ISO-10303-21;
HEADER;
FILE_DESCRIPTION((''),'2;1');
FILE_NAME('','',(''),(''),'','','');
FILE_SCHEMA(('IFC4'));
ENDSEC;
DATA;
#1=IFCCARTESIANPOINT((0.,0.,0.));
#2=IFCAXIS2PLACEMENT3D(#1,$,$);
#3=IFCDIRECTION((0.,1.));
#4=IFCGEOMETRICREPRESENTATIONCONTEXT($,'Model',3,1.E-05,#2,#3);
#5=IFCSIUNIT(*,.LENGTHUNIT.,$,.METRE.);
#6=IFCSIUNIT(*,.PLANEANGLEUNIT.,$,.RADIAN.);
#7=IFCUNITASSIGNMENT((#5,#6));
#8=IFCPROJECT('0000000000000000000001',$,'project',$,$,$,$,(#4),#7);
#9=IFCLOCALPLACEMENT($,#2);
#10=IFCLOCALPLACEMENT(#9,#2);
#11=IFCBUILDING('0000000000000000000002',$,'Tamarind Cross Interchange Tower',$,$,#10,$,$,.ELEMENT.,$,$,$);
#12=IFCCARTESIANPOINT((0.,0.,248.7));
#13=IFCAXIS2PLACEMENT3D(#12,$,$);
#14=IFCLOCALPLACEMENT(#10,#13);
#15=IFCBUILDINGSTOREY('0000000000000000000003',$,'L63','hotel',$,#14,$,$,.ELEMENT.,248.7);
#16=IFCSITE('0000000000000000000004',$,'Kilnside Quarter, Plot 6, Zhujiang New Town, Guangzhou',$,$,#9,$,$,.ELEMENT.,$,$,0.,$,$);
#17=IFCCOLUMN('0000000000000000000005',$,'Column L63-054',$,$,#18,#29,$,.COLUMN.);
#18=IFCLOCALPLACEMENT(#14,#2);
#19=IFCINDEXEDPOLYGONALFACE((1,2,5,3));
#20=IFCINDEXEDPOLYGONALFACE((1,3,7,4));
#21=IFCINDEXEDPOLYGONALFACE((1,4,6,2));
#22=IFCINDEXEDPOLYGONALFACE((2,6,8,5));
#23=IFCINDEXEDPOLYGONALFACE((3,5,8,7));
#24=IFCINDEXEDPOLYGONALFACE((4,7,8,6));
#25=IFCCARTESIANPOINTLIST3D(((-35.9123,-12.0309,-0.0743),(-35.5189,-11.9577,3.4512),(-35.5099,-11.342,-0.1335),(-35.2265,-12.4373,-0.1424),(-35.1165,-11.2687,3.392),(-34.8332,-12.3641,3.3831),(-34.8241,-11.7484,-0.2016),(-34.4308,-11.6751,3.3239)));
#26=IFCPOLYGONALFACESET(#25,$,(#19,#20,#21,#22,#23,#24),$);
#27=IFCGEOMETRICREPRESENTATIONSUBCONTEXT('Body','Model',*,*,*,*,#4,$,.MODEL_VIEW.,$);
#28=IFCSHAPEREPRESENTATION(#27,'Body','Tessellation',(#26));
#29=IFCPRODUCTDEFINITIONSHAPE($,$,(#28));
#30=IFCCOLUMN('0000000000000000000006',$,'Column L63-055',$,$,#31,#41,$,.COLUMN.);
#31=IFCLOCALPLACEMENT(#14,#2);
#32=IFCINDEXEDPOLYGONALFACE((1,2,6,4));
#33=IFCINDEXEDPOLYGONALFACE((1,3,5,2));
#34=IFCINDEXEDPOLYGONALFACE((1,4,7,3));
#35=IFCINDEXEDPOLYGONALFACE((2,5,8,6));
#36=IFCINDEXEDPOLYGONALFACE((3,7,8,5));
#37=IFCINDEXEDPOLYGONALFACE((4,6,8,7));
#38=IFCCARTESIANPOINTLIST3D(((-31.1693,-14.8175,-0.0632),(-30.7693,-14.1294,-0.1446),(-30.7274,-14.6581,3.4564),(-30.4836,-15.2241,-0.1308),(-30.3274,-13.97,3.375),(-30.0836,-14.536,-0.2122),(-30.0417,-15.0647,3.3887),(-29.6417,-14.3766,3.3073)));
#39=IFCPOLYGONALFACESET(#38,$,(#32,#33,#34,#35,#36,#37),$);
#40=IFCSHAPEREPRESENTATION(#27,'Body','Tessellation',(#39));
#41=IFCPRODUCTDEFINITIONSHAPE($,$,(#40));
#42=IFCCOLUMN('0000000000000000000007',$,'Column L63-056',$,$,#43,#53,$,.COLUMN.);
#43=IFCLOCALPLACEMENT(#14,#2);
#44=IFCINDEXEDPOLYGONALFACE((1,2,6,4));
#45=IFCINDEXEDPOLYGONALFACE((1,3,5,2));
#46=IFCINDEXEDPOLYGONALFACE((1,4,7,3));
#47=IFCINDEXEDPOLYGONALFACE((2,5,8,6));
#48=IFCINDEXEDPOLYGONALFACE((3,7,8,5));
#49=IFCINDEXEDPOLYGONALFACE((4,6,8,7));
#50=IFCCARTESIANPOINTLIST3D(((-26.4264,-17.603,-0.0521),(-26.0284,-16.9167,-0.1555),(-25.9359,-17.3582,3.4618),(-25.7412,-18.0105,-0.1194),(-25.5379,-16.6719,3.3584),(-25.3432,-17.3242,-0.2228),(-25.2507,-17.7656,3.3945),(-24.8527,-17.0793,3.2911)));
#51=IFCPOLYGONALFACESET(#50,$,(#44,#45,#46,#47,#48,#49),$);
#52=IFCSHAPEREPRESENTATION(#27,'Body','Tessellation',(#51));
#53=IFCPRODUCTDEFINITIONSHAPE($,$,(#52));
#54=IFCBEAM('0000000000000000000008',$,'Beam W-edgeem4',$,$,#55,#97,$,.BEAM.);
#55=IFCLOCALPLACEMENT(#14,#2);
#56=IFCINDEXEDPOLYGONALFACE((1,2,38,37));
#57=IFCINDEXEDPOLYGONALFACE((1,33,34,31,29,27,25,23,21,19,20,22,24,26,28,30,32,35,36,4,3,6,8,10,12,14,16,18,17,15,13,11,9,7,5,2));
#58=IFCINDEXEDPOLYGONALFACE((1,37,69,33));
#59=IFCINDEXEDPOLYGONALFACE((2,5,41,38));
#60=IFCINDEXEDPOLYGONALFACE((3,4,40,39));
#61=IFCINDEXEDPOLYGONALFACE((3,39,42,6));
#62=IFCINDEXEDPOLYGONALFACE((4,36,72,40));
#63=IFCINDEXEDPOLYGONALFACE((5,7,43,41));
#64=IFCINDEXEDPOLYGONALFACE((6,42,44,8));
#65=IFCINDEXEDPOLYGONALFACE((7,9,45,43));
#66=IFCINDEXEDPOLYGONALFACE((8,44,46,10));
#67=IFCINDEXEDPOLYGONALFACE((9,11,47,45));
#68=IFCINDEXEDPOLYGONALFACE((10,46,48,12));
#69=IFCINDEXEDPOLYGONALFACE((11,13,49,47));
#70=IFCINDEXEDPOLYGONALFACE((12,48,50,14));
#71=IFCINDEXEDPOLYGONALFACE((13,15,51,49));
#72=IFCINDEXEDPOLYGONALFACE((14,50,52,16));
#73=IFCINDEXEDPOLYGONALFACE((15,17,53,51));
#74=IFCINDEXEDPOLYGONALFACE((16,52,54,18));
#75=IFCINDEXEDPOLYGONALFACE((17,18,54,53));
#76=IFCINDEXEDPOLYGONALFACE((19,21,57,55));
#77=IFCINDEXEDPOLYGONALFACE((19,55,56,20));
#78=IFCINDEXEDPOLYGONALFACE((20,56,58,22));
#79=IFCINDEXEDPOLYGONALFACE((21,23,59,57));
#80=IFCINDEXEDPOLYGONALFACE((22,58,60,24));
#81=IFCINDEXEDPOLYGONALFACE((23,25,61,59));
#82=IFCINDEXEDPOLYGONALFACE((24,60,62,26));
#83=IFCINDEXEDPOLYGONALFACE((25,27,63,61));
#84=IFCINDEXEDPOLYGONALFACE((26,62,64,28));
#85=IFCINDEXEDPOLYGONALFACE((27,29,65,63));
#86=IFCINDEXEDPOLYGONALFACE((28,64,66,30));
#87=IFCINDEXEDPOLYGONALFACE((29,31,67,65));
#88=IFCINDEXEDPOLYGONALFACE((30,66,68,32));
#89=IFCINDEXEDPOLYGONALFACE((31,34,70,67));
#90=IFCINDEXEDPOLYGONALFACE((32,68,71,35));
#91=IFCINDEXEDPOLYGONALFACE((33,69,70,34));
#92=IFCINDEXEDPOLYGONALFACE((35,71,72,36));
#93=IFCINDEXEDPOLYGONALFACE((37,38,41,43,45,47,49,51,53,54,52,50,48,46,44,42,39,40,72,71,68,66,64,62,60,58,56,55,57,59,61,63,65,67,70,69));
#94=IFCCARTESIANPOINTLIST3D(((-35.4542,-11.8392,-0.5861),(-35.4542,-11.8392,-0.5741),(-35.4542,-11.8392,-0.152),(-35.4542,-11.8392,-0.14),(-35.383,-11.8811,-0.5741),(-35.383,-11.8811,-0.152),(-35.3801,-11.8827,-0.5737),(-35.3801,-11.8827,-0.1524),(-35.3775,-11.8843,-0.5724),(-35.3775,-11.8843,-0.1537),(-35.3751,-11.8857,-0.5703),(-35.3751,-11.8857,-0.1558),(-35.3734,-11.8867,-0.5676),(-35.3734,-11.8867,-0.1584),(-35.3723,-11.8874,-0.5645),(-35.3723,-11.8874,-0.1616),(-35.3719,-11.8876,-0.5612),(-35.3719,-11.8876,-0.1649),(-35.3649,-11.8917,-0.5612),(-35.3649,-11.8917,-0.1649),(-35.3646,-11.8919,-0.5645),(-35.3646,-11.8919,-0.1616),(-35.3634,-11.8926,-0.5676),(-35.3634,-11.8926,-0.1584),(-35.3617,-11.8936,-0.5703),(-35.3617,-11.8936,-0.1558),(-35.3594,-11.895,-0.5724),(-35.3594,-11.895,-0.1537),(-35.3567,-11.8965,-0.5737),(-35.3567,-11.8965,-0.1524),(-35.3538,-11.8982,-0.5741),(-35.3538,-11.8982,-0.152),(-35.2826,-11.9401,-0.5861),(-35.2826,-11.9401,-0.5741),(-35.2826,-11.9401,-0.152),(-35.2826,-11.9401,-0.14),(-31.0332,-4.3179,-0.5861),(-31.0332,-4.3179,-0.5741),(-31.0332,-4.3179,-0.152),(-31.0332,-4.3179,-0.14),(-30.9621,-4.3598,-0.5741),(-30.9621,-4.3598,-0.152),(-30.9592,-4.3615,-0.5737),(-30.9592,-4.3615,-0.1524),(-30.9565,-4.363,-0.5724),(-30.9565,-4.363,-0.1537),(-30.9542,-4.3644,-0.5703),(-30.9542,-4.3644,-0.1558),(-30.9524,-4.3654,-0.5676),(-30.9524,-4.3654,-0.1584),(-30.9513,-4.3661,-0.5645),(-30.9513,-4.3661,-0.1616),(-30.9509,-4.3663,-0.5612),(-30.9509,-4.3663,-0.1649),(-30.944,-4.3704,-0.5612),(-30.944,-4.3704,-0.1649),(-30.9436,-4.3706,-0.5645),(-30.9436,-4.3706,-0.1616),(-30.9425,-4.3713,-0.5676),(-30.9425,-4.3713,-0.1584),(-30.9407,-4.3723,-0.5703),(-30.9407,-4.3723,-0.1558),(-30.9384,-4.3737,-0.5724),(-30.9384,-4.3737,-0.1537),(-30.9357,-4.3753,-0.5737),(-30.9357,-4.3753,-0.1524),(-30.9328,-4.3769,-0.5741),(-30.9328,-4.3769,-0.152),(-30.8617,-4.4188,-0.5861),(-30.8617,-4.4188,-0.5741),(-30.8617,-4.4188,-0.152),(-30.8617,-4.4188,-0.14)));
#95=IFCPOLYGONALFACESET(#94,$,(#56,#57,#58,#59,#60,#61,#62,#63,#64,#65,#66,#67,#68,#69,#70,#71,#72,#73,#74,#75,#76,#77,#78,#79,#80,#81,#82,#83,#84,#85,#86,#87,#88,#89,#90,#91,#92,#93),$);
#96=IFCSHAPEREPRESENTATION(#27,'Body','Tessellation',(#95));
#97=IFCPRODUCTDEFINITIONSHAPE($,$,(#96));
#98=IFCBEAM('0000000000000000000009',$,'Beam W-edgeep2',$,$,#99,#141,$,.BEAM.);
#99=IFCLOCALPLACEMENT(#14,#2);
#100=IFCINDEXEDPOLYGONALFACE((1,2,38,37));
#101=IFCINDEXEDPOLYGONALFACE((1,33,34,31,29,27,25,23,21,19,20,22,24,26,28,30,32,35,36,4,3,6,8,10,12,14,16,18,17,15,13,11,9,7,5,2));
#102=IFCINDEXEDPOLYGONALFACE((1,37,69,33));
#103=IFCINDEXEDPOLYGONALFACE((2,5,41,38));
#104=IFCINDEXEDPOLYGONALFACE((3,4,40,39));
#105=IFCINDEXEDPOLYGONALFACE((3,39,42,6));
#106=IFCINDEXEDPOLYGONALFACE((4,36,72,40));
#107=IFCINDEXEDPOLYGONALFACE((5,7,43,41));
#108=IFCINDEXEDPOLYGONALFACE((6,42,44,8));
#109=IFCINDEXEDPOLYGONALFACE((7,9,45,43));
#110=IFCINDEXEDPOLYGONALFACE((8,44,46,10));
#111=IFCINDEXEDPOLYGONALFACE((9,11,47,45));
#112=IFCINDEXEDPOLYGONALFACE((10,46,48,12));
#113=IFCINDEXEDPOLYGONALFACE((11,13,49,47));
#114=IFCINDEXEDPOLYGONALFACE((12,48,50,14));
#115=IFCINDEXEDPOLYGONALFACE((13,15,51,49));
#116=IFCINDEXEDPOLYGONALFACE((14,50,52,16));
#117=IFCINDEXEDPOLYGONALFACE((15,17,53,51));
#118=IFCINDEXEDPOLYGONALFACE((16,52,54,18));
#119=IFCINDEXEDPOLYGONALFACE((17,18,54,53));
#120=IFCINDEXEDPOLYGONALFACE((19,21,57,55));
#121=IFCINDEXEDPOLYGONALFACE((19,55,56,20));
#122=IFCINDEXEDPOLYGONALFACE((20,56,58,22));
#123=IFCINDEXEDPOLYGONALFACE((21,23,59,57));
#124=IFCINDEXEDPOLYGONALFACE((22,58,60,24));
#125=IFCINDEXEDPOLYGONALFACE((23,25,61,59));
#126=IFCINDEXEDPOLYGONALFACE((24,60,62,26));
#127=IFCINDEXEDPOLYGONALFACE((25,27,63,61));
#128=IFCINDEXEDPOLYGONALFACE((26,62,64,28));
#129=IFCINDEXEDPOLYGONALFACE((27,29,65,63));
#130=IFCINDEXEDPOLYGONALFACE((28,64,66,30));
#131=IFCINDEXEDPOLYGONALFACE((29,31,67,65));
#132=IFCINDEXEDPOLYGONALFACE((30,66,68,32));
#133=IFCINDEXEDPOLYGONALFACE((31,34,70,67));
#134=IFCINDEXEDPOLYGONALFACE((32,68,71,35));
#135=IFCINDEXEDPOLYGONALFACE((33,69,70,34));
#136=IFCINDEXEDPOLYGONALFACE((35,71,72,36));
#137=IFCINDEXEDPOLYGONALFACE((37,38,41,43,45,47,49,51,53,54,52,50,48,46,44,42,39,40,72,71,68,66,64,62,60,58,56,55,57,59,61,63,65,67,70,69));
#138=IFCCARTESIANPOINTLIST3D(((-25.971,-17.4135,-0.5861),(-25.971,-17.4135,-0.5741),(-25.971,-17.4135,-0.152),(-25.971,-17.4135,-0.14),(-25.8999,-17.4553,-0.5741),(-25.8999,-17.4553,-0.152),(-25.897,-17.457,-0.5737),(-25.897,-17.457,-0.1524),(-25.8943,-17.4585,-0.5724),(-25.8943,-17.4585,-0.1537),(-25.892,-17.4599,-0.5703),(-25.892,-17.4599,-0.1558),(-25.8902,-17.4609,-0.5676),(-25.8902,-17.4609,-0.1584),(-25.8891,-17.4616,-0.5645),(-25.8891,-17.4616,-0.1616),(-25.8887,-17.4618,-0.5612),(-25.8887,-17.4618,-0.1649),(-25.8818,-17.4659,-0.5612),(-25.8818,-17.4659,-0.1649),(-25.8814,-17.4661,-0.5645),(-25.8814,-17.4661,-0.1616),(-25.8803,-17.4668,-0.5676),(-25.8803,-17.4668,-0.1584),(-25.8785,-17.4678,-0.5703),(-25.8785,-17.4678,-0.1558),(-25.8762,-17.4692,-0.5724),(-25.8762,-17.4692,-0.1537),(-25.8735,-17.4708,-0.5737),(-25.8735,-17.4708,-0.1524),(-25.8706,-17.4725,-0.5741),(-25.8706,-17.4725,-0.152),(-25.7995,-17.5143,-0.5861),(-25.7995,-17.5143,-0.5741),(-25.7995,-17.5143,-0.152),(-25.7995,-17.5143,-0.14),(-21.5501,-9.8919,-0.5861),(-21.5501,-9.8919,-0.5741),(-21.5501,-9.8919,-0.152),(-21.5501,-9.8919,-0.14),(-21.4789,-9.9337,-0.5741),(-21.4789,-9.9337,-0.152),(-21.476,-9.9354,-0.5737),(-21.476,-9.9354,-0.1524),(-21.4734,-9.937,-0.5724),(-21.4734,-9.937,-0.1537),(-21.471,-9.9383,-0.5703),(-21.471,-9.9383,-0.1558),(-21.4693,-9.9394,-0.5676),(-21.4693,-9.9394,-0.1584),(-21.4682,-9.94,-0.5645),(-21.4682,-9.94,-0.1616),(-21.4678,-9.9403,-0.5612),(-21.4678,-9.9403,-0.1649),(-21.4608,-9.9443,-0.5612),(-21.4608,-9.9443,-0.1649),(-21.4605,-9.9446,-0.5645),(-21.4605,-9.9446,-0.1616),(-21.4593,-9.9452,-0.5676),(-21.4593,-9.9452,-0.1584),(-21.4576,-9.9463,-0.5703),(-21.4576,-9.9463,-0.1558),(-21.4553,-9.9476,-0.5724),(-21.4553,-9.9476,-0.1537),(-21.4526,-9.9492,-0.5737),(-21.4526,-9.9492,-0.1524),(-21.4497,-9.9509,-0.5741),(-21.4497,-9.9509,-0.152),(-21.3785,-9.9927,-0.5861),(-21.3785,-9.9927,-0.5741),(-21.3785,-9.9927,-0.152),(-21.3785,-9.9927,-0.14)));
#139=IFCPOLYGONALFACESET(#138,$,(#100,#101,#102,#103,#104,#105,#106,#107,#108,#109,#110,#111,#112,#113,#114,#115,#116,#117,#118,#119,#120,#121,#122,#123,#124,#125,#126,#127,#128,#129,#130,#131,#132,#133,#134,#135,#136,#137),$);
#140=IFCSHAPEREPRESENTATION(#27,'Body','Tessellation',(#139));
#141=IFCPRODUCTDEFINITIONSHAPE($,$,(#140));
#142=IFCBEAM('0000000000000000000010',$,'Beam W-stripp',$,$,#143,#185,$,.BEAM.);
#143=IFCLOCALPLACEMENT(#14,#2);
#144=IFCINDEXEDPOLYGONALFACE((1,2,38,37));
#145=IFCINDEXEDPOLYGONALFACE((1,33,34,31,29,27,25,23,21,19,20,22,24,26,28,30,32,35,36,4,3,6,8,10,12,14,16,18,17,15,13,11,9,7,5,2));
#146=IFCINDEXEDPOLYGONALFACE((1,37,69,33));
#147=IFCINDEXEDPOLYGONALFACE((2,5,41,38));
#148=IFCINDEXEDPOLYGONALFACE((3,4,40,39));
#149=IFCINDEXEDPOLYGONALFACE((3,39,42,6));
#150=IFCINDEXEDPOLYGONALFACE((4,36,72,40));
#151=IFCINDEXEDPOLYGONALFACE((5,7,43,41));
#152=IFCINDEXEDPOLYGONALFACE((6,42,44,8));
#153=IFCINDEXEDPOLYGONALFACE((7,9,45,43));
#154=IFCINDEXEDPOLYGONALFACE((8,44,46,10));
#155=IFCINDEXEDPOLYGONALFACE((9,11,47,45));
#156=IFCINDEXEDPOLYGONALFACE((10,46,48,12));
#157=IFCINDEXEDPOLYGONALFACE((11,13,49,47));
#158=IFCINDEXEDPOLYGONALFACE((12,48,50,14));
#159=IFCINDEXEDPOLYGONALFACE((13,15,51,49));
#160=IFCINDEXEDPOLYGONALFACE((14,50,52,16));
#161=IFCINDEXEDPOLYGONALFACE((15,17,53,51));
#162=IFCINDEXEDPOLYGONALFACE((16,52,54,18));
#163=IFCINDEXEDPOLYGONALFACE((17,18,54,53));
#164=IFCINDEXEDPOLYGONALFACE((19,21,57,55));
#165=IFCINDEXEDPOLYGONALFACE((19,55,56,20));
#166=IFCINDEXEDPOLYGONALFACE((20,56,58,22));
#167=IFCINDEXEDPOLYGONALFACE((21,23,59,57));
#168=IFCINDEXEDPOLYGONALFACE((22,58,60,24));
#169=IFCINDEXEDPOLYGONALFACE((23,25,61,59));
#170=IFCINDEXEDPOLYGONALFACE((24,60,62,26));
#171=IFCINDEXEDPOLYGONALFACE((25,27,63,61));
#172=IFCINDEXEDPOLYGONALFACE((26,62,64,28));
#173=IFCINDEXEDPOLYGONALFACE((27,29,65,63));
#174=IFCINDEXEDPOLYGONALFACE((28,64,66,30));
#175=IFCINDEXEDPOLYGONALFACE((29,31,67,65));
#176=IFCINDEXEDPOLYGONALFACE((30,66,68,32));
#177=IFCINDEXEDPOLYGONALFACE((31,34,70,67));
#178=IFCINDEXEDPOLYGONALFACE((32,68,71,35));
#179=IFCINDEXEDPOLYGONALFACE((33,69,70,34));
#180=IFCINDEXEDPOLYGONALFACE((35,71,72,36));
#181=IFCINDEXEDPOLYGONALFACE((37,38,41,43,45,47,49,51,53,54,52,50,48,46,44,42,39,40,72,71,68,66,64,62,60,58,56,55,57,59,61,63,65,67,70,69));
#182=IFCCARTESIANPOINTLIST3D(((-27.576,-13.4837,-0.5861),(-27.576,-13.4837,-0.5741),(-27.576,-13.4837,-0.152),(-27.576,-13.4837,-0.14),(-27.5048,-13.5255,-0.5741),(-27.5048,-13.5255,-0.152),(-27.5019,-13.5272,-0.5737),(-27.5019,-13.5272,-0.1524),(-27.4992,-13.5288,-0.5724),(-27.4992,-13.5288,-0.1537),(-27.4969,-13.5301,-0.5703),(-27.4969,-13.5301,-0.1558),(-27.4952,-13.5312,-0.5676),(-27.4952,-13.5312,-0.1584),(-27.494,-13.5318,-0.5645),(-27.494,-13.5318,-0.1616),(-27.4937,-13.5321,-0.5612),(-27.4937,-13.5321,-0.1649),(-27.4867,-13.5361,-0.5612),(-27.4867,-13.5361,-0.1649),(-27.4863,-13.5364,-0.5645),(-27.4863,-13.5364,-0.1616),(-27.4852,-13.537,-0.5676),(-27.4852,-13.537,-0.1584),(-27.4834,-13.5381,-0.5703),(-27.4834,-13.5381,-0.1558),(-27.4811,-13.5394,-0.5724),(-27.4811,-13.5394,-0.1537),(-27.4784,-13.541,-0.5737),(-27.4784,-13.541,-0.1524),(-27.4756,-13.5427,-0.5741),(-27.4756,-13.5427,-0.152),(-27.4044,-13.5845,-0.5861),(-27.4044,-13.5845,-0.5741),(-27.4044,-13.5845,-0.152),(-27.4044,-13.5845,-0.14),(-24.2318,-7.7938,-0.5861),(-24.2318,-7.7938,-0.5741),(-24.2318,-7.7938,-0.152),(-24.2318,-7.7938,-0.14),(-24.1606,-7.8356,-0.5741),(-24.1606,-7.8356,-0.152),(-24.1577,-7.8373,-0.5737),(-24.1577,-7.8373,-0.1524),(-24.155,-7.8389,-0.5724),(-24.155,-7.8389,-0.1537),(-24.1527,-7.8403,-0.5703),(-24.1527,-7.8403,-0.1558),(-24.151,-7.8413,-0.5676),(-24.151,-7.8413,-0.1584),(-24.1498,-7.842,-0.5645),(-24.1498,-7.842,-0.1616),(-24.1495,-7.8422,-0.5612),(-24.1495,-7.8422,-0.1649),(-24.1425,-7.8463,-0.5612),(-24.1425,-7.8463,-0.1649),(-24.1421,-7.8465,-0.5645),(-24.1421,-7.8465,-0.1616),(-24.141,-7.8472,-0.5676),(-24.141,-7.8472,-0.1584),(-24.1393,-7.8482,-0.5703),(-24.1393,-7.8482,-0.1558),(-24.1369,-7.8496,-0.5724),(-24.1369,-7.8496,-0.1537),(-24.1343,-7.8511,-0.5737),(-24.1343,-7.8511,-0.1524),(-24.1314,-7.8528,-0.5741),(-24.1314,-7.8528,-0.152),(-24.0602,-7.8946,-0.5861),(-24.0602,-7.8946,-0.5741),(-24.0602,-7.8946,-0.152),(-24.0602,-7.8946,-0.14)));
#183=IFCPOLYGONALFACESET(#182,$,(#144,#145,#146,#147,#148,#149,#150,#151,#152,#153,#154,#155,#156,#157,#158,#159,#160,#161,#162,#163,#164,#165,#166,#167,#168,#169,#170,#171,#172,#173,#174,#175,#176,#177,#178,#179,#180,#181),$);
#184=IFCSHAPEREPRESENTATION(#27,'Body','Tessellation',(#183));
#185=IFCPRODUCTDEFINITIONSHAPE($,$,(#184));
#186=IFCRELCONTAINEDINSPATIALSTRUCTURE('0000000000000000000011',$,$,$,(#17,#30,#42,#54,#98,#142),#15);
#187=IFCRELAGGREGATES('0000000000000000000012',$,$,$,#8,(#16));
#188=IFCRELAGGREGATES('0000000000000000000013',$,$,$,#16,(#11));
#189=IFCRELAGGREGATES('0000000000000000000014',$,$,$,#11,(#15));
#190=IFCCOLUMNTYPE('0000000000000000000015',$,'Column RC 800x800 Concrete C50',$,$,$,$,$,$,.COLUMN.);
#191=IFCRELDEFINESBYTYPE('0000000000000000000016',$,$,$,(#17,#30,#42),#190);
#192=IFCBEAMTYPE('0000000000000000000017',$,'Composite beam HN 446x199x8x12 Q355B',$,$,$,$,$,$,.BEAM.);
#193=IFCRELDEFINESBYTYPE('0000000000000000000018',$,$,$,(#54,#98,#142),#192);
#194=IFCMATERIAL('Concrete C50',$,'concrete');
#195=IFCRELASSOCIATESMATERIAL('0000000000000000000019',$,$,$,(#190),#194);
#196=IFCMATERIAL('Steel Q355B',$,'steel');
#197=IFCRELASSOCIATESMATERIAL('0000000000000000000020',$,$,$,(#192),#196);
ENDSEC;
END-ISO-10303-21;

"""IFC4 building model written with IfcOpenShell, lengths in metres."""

from ifc_helpers import new_model, si_unit, direction, frame, origin, origin_2d, place, context, subcontext, project, spatial, rectangle, i_section, extrude, material, material_profile, profile_set, type_object, element, save


model = new_model("IFC4")

# Units and contexts
model_context = context("Model", 3, precision=1e-05, world=origin(), true_north=direction((0.0, 1.0)))
body_context = subcontext(model_context, "Body", "Model", "MODEL_VIEW")
ifc_project = project(units=[si_unit("LENGTHUNIT", "METRE"), si_unit("PLANEANGLEUNIT", "RADIAN")], contexts=[model_context])

# Site, building, storey
site_placement = place(None, origin())
site = spatial("IfcSite", under=ifc_project, at=site_placement, Name="Kilnside Quarter, Plot 6, Zhujiang New Town, Guangzhou", CompositionType="ELEMENT", RefElevation=0.0)
building_placement = place(site_placement, origin())
building = spatial("IfcBuilding", under=site, at=building_placement, Name="Tamarind Cross Interchange Tower", CompositionType="ELEMENT")
storey_placement = place(building_placement, frame((0.0, 0.0, 248.7)))
storey = spatial("IfcBuildingStorey", under=building, at=storey_placement, Name="L63", Description="hotel", CompositionType="ELEMENT", Elevation=248.7)

# Columns
ifc_material_1 = material(Name="Concrete C50", Category="concrete")
ifc_material_profile_1 = material_profile(ifc_material_1, rectangle(XDim=0.8, YDim=0.8, at=origin_2d()), Name="RC 800x800")
ifc_profile_set_1 = profile_set([ifc_material_profile_1], Name="Concrete C50")
column_type = type_object("IfcColumnType", Name="Column RC 800x800 Concrete C50", PredefinedType="COLUMN", material=ifc_profile_set_1)
column_1_placement = place(storey_placement, frame((-35.3682, -11.8896, -0.1379), z_axis=(0.110854, 0.020643, 0.993622), x_axis=(-0.857166, 0.507965, 0.085077)))
element("IfcColumn", 1, at=column_1_placement, inside=storey, type_object=column_type, Name="Column L63-054", PredefinedType="COLUMN", context=body_context, shape_type="SweptSolid", body=[
    extrude(rectangle(XDim=0.8, YDim=0.8, at=origin_2d()), origin(), (0.0, 0.0, 1.0), 3.5481),
])
column_2_placement = place(storey_placement, frame((-30.6265, -14.6768, -0.1377), z_axis=(0.124451, 0.044899, 0.991209), x_axis=(-0.85708, 0.508192, 0.084591)))
element("IfcColumn", 2, at=column_2_placement, inside=storey, type_object=column_type, Name="Column L63-055", PredefinedType="COLUMN", context=body_context, shape_type="SweptSolid", body=[
    extrude(rectangle(XDim=0.8, YDim=0.8, at=origin_2d()), origin(), (0.0, 0.0, 1.0), 3.5508),
])
column_3_placement = place(storey_placement, frame((-25.8848, -17.4636, -0.1375), z_axis=(0.137913, 0.068854, 0.988048), x_axis=(-0.856458, 0.509328, 0.084053)))
element("IfcColumn", 3, at=column_3_placement, inside=storey, type_object=column_type, Name="Column L63-056", PredefinedType="COLUMN", context=body_context, shape_type="SweptSolid", body=[
    extrude(rectangle(XDim=0.8, YDim=0.8, at=origin_2d()), origin(), (0.0, 0.0, 1.0), 3.5564),
])

# Beams
ifc_material_2 = material(Name="Steel Q355B", Category="steel")
ifc_material_profile_2 = material_profile(ifc_material_2, i_section(OverallWidth=0.199, OverallDepth=0.446, WebThickness=0.0081, FlangeThickness=0.012, FilletRadius=0.0129, at=origin_2d()), Name="HN 446x199x8x12")
ifc_profile_set_2 = profile_set([ifc_material_profile_2], Name="Steel Q355B")
beam_type_1 = type_object("IfcBeamType", Name="Composite beam HN 446x199x8x12 Q355B", PredefinedType="BEAM", material=ifc_profile_set_2)
beam_1_placement = place(storey_placement, frame((-35.3684, -11.8896, -0.363), z_axis=(0.506734, 0.862103, 0.0), x_axis=(-0.862103, 0.506734, 0.0)))
element("IfcBeam", 4, at=beam_1_placement, inside=storey, type_object=beam_type_1, Name="Beam W-edgeem4", PredefinedType="BEAM", context=body_context, shape_type="SweptSolid", body=[
    extrude(i_section(OverallWidth=0.199, OverallDepth=0.446, WebThickness=0.0081, FlangeThickness=0.012, FilletRadius=0.0129, at=origin_2d()), origin(), (0.0, 0.0, 1.0), 8.7244),
])
beam_2_placement = place(storey_placement, frame((-25.8853, -17.4639, -0.363), z_axis=(0.506722, 0.86211, 0.0), x_axis=(-0.86211, 0.506722, 0.0)))
element("IfcBeam", 5, at=beam_2_placement, inside=storey, type_object=beam_type_1, Name="Beam W-edgeep2", PredefinedType="BEAM", context=body_context, shape_type="SweptSolid", body=[
    extrude(i_section(OverallWidth=0.199, OverallDepth=0.446, WebThickness=0.0081, FlangeThickness=0.012, FilletRadius=0.0129, at=origin_2d()), origin(), (0.0, 0.0, 1.0), 8.7246),
])
beam_3_placement = place(storey_placement, frame((-24.146, -7.8442, -0.363), z_axis=(-0.506706, -0.862119, 0.0), x_axis=(0.862119, -0.506706, 0.0)))
element("IfcBeam", 6, at=beam_3_placement, inside=storey, type_object=beam_type_1, Name="Beam W-stripp", PredefinedType="BEAM", context=body_context, shape_type="SweptSolid", body=[
    extrude(i_section(OverallWidth=0.199, OverallDepth=0.446, WebThickness=0.0081, FlangeThickness=0.012, FilletRadius=0.0129, at=origin_2d()), origin(), (0.0, 0.0, 1.0), 6.5999),
])

save(model, "model.ifc")
